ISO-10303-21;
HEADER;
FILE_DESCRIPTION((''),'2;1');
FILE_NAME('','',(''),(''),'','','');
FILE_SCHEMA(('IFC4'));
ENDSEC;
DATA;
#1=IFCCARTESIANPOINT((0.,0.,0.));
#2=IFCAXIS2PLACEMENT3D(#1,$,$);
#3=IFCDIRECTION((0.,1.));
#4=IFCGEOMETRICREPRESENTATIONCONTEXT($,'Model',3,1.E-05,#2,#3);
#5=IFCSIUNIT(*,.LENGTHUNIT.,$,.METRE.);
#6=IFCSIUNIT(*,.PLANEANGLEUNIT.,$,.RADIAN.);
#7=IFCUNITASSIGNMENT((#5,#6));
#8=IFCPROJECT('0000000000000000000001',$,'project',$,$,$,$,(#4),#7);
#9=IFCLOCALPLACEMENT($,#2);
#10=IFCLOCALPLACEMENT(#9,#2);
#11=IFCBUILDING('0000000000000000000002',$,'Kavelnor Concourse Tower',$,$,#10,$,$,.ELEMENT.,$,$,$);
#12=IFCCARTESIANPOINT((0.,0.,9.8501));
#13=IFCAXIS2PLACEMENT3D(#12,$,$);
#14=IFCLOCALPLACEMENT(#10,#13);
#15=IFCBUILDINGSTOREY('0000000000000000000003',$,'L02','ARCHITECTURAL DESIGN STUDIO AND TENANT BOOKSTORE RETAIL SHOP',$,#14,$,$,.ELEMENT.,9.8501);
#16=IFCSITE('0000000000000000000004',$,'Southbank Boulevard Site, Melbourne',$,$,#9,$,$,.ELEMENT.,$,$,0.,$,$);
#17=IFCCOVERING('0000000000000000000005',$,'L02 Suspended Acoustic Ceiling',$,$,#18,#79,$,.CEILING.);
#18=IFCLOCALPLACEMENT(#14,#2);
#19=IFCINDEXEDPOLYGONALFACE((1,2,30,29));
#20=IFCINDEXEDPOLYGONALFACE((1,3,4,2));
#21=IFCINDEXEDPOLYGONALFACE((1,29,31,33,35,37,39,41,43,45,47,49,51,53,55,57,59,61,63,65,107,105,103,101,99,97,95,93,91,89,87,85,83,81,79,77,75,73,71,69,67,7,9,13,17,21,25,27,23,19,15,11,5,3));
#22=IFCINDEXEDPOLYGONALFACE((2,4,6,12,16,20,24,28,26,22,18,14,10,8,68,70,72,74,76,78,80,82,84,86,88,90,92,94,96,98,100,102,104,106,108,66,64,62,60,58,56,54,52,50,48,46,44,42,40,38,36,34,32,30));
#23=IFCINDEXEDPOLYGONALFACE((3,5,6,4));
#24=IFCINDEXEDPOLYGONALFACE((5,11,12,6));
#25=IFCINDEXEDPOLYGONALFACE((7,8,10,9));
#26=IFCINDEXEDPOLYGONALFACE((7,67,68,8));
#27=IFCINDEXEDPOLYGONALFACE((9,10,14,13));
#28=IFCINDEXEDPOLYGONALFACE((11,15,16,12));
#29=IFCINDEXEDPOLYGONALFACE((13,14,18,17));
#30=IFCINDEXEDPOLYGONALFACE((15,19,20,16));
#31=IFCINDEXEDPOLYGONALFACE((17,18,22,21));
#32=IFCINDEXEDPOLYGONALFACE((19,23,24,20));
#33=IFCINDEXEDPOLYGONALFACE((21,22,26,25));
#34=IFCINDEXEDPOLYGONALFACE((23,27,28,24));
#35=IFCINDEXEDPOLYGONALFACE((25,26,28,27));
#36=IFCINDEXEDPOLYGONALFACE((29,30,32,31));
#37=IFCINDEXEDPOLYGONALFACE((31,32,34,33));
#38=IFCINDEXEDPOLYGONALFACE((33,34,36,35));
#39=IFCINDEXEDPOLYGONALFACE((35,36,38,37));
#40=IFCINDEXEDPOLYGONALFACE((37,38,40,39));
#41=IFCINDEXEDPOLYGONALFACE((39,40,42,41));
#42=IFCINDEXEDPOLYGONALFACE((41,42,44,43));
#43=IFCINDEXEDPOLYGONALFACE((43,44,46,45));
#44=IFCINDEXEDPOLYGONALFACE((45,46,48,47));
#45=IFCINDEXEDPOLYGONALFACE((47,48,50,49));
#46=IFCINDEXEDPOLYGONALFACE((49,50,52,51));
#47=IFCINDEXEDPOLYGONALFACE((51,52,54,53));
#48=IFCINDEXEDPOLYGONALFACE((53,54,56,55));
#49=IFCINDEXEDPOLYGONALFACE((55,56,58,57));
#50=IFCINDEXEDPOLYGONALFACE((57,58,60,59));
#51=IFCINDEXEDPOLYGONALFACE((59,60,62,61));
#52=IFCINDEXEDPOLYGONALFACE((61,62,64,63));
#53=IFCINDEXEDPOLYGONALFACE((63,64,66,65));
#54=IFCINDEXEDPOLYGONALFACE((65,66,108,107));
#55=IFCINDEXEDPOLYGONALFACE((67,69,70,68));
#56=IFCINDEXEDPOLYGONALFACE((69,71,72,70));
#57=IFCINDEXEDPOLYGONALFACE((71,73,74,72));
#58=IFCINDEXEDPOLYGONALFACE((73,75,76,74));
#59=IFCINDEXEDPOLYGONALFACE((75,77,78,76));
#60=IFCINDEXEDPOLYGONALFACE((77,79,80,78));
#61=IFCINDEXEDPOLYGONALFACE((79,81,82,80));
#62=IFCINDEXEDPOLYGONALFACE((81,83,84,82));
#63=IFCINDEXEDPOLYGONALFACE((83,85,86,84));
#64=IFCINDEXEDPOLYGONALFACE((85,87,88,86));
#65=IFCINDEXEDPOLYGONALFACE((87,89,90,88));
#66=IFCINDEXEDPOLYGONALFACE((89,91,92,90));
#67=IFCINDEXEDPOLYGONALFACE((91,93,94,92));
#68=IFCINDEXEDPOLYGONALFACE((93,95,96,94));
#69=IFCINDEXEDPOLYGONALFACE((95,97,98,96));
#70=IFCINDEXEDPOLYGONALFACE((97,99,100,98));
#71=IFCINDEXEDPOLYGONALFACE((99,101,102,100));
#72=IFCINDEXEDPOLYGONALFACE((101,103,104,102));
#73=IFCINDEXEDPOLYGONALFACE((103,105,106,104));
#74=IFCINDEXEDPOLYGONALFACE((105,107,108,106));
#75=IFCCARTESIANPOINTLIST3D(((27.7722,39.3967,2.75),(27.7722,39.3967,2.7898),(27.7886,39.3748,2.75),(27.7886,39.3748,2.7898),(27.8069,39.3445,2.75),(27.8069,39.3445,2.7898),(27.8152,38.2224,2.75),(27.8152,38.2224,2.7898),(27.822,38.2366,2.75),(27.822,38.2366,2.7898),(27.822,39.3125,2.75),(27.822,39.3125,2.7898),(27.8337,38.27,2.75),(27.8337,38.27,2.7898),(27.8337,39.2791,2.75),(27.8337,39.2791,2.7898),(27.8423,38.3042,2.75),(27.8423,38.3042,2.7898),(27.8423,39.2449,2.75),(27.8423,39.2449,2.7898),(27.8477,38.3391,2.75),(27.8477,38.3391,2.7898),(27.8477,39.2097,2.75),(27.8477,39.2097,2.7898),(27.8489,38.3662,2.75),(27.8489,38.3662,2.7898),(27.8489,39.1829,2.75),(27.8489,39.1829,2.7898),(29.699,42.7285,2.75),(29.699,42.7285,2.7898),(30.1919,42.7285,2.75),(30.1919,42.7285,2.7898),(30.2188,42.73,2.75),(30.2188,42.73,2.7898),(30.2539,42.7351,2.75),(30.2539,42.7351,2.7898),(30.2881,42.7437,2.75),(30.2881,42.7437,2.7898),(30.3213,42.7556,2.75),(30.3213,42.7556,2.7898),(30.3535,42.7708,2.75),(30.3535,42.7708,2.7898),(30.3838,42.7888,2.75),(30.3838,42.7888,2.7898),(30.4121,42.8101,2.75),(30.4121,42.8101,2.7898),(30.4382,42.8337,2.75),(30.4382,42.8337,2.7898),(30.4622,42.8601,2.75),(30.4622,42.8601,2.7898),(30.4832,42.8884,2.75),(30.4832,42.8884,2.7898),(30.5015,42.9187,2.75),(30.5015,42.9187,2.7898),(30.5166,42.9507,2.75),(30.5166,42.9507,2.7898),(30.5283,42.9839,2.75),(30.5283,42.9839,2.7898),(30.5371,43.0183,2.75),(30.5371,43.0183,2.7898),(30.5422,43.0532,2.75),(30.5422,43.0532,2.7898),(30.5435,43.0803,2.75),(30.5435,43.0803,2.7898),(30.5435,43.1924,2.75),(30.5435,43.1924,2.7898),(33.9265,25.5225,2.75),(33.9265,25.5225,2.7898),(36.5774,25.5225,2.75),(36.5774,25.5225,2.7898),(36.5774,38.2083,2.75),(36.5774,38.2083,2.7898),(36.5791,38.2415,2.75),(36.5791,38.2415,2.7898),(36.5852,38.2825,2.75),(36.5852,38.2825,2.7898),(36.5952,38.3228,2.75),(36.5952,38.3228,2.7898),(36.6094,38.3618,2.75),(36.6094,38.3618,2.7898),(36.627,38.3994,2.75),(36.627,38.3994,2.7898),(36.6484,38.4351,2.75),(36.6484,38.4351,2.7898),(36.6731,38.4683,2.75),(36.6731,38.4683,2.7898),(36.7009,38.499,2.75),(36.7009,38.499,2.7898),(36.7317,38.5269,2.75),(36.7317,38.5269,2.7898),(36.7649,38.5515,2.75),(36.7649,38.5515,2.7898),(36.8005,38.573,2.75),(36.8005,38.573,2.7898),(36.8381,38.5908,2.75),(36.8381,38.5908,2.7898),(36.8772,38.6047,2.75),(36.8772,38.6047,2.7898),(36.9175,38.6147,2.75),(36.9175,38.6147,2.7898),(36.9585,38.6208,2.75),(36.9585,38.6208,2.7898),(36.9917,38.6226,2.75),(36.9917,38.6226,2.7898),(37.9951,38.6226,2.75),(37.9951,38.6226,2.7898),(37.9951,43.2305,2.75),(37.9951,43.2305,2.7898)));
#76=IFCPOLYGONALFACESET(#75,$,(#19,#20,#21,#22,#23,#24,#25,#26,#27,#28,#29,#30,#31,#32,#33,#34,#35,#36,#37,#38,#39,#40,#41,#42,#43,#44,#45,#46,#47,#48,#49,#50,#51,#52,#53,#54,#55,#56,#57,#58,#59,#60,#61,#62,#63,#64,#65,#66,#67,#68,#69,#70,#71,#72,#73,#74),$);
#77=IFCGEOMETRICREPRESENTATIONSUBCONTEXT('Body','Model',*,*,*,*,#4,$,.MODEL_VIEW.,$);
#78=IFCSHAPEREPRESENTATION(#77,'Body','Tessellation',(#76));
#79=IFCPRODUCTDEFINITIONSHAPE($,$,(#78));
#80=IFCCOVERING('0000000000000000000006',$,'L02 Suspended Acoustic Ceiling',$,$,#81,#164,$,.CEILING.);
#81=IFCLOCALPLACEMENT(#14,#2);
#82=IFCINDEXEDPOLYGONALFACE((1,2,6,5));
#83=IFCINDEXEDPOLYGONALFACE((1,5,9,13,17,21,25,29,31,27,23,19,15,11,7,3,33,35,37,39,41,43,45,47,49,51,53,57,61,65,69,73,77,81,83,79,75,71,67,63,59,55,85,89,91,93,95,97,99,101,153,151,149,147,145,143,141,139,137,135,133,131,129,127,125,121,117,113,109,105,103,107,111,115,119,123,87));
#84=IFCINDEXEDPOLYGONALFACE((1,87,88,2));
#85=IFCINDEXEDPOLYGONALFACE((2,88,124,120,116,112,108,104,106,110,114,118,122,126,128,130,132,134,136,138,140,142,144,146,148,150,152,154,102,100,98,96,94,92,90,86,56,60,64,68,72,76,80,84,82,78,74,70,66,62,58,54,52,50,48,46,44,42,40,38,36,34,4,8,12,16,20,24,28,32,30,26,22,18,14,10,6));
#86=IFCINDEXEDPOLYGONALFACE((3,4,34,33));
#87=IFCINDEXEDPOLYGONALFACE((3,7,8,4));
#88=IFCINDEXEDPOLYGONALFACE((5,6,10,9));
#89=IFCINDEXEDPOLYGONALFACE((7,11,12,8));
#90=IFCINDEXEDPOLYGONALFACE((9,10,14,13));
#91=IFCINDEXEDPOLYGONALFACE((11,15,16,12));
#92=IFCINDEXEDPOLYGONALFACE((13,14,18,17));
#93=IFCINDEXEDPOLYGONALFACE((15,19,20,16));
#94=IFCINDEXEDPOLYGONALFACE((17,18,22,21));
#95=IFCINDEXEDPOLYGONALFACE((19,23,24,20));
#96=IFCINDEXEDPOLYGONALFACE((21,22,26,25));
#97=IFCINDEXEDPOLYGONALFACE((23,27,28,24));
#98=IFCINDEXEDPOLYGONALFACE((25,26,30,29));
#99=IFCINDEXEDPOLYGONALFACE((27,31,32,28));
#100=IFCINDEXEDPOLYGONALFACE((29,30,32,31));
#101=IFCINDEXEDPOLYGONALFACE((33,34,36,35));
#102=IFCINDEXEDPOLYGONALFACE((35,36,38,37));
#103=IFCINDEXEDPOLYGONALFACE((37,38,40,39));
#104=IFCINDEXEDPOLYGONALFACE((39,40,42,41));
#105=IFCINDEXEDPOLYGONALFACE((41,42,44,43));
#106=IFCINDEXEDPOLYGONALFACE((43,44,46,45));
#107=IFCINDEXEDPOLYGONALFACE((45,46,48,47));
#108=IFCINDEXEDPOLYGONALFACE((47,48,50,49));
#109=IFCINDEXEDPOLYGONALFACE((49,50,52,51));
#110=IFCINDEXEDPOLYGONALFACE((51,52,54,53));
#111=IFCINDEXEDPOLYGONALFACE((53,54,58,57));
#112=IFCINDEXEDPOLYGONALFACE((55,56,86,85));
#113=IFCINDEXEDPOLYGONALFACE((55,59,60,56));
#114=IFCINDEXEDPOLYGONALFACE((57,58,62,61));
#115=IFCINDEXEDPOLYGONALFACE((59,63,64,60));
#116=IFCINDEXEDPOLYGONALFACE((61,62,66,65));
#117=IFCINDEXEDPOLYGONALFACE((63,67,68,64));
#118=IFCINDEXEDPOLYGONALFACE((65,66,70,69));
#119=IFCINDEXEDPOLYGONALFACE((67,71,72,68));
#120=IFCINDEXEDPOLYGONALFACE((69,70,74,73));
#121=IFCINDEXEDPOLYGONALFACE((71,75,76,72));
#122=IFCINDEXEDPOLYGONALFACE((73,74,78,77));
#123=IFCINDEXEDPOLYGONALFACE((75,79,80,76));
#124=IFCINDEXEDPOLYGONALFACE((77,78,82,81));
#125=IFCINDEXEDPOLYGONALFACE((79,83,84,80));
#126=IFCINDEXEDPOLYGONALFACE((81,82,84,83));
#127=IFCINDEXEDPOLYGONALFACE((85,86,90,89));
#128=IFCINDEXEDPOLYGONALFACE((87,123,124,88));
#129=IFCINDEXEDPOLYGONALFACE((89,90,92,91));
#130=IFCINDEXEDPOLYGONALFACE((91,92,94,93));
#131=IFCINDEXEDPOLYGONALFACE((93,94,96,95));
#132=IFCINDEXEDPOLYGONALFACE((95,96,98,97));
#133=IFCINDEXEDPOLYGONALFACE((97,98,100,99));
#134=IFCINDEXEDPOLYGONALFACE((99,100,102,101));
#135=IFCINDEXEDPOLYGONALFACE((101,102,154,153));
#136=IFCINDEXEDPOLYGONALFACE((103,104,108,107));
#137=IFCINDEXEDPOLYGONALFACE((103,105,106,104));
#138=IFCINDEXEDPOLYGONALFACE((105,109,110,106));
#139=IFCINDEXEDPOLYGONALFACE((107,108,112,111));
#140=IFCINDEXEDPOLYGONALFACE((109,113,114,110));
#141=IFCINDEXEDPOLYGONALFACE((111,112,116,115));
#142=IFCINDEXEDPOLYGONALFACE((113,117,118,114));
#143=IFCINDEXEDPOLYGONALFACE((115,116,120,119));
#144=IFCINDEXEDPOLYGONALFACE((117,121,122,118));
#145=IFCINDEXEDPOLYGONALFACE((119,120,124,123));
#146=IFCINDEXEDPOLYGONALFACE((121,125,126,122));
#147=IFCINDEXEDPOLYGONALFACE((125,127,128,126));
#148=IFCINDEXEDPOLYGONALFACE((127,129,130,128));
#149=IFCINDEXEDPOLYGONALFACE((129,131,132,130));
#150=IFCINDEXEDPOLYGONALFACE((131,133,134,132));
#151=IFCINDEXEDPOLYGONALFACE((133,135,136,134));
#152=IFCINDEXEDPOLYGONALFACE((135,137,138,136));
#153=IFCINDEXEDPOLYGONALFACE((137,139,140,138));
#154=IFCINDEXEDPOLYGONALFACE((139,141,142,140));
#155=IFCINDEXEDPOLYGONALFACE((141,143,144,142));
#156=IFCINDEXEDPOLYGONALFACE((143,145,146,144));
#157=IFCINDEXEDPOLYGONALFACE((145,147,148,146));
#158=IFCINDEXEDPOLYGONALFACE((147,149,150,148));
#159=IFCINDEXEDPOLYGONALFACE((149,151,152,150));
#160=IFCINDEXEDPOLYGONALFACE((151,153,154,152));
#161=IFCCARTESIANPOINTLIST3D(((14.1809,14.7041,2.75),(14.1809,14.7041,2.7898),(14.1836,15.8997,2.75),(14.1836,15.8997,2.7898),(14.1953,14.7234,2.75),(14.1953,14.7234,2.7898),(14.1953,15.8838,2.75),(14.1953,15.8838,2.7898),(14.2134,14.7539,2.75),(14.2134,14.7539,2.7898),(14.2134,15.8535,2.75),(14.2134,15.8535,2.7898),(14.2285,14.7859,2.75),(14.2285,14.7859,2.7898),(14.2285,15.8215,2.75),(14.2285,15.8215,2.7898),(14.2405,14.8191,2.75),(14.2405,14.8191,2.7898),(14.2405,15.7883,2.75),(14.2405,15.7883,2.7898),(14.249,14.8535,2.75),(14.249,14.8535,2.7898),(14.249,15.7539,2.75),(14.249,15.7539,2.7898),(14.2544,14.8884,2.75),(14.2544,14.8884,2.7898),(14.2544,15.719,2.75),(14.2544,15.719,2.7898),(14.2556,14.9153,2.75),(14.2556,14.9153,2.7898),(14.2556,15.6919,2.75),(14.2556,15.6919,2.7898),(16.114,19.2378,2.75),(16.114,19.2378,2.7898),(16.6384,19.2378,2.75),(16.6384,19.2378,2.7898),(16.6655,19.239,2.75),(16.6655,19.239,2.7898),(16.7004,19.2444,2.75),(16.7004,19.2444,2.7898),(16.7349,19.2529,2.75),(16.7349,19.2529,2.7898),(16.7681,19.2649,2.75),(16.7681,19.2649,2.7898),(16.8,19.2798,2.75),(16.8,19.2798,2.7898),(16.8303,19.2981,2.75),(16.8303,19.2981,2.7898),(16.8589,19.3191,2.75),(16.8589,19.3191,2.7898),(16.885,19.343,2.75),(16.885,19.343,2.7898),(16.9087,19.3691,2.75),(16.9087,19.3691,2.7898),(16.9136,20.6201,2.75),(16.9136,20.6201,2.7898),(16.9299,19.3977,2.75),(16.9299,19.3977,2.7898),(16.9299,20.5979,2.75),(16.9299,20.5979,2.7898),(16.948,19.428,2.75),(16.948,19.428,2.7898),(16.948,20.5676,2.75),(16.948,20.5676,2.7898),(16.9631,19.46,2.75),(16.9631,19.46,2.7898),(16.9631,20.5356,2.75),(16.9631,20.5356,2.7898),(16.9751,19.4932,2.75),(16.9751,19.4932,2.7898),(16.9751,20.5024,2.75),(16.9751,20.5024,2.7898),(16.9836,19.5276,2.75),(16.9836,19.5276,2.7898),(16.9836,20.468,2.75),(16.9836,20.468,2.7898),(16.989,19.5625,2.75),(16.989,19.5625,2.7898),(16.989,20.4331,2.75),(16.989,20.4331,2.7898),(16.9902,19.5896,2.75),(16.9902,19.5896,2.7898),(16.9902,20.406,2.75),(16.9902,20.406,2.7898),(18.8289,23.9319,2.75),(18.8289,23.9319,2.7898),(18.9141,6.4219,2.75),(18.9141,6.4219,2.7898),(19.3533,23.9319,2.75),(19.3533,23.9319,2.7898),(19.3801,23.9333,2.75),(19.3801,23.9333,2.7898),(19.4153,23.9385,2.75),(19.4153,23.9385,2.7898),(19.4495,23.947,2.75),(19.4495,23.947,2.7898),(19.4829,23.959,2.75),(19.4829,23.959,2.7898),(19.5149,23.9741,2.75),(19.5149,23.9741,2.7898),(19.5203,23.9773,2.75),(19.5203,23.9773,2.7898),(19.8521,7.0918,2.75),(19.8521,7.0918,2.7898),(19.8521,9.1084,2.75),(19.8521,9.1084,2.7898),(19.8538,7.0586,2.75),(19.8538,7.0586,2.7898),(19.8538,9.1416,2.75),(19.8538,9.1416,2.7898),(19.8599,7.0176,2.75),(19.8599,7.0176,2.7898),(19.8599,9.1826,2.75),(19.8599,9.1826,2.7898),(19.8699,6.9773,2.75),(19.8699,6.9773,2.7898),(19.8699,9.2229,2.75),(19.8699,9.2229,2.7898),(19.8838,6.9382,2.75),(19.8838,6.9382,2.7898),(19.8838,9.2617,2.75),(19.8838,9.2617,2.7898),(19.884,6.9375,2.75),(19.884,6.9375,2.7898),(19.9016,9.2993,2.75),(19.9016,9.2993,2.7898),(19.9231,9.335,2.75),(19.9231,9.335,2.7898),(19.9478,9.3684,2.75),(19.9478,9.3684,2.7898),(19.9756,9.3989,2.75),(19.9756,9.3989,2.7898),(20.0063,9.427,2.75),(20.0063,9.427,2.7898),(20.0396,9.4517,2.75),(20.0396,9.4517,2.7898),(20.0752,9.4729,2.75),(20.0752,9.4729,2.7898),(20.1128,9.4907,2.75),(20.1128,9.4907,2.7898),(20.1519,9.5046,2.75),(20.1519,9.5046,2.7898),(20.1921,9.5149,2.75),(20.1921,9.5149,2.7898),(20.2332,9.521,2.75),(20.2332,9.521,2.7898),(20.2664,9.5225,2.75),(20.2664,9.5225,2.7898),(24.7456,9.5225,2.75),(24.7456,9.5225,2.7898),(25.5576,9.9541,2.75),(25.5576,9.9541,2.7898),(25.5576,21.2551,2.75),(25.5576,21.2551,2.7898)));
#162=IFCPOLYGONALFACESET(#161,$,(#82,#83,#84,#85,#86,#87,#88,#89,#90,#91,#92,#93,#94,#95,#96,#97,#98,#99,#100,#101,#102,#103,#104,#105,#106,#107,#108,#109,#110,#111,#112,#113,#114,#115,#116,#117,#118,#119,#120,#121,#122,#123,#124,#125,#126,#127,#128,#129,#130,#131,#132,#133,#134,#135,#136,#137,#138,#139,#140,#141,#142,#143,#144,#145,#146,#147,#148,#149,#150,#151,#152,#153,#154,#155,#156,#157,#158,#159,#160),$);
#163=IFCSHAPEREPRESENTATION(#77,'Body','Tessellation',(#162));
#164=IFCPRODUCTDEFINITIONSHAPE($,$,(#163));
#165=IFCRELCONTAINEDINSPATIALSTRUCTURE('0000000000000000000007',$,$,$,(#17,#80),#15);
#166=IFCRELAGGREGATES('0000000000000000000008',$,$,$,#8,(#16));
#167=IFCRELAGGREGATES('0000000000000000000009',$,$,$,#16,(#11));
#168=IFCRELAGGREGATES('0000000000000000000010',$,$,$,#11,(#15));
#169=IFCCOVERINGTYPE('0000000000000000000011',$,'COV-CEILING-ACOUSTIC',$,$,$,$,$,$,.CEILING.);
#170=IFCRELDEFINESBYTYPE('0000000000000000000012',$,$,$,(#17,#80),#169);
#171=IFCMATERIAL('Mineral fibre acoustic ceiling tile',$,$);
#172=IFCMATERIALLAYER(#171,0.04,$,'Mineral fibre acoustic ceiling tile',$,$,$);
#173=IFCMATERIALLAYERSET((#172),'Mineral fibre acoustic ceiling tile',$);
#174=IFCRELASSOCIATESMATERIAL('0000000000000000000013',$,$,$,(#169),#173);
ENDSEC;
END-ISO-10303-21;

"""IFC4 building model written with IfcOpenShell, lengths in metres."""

from ifc_helpers import new_model, si_unit, direction, frame, origin, place, context, subcontext, project, spatial, polyline, outline, extrude, material, layer, layer_set, type_object, element, save


model = new_model("IFC4")

# Units and contexts
model_context = context("Model", 3, precision=1e-05, world=origin(), true_north=direction((0.0, 1.0)))
body_context = subcontext(model_context, "Body", "Model", "MODEL_VIEW")
ifc_project = project(units=[si_unit("LENGTHUNIT", "METRE"), si_unit("PLANEANGLEUNIT", "RADIAN")], contexts=[model_context])

# Site, building, storey
site_placement = place(None, origin())
site = spatial("IfcSite", under=ifc_project, at=site_placement, Name="Southbank Boulevard Site, Melbourne", CompositionType="ELEMENT", RefElevation=0.0)
building_placement = place(site_placement, origin())
building = spatial("IfcBuilding", under=site, at=building_placement, Name="Kavelnor Concourse Tower", CompositionType="ELEMENT")
storey_placement = place(building_placement, frame((0.0, 0.0, 9.8501)))
storey = spatial("IfcBuildingStorey", under=building, at=storey_placement, Name="L02", Description="ARCHITECTURAL DESIGN STUDIO AND TENANT BOOKSTORE RETAIL SHOP", CompositionType="ELEMENT", Elevation=9.8501)

# Coverings
ifc_material_1 = material(Name="Mineral fibre acoustic ceiling tile")
ifc_layer_1 = layer(ifc_material_1, 0.04, Name="Mineral fibre acoustic ceiling tile")
ifc_layer_set_1 = layer_set([ifc_layer_1], Name="Mineral fibre acoustic ceiling tile")
covering_type_1 = type_object("IfcCoveringType", Name="COV-CEILING-ACOUSTIC", PredefinedType="CEILING", material=ifc_layer_set_1)
covering_1_placement = place(storey_placement, frame((0.0, 0.0, 2.75)))
element("IfcCovering", 1, at=covering_1_placement, inside=storey, type_object=covering_type_1, Name="L02 Suspended Acoustic Ceiling", PredefinedType="CEILING", context=body_context, shape_type="SweptSolid", body=[
    extrude(outline(polyline([(30.2188, 42.73), (30.2539, 42.7351), (30.2881, 42.7437), (30.3213, 42.7556), (30.3535, 42.7708), (30.3838, 42.7888), (30.4121, 42.8101), (30.4382, 42.8337), (30.4622, 42.8601), (30.4832, 42.8884), (30.5015, 42.9187), (30.5166, 42.9507), (30.5283, 42.9839), (30.5371, 43.0183), (30.5422, 43.0532), (30.5435, 43.0803), (30.5435, 43.1924), (37.9951, 43.2305), (37.9951, 38.6226), (36.9917, 38.6226), (36.9585, 38.6208), (36.9175, 38.6147), (36.8772, 38.6047), (36.8381, 38.5908), (36.8005, 38.573), (36.7649, 38.5515), (36.7317, 38.5269), (36.7009, 38.499), (36.6731, 38.4683), (36.6484, 38.4351), (36.627, 38.3994), (36.6094, 38.3618), (36.5952, 38.3228), (36.5852, 38.2825), (36.5791, 38.2415), (36.5774, 38.2083), (36.5774, 25.5225), (33.9265, 25.5225), (27.8152, 38.2224), (27.822, 38.2366), (27.8337, 38.27), (27.8423, 38.3042), (27.8477, 38.3391), (27.8489, 38.3662), (27.8489, 39.1829), (27.8477, 39.2097), (27.8423, 39.2449), (27.8337, 39.2791), (27.822, 39.3125), (27.8069, 39.3445), (27.7886, 39.3748), (27.7722, 39.3967), (29.699, 42.7285), (30.1919, 42.7285), (30.2188, 42.73)])), origin(), (0.0, 0.0, 1.0), 0.0398),
])
covering_2_placement = place(storey_placement, frame((0.0, 0.0, 2.75)))
element("IfcCovering", 2, at=covering_2_placement, inside=storey, type_object=covering_type_1, Name="L02 Suspended Acoustic Ceiling", PredefinedType="CEILING", context=body_context, shape_type="SweptSolid", body=[
    extrude(outline(polyline([(14.1953, 14.7234), (14.2134, 14.7539), (14.2285, 14.7859), (14.2405, 14.8191), (14.249, 14.8535), (14.2544, 14.8884), (14.2556, 14.9153), (14.2556, 15.6919), (14.2544, 15.719), (14.249, 15.7539), (14.2405, 15.7883), (14.2285, 15.8215), (14.2134, 15.8535), (14.1953, 15.8838), (14.1836, 15.8997), (16.114, 19.2378), (16.6384, 19.2378), (16.6655, 19.239), (16.7004, 19.2444), (16.7349, 19.2529), (16.7681, 19.2649), (16.8, 19.2798), (16.8303, 19.2981), (16.8589, 19.3191), (16.885, 19.343), (16.9087, 19.3691), (16.9299, 19.3977), (16.948, 19.428), (16.9631, 19.46), (16.9751, 19.4932), (16.9836, 19.5276), (16.989, 19.5625), (16.9902, 19.5896), (16.9902, 20.406), (16.989, 20.4331), (16.9836, 20.468), (16.9751, 20.5024), (16.9631, 20.5356), (16.948, 20.5676), (16.9299, 20.5979), (16.9136, 20.6201), (18.8289, 23.9319), (19.3533, 23.9319), (19.3801, 23.9333), (19.4153, 23.9385), (19.4495, 23.947), (19.4829, 23.959), (19.5149, 23.9741), (19.5203, 23.9773), (25.5576, 21.2551), (25.5576, 9.9541), (24.7456, 9.5225), (20.2664, 9.5225), (20.2332, 9.521), (20.1921, 9.5149), (20.1519, 9.5046), (20.1128, 9.4907), (20.0752, 9.4729), (20.0396, 9.4517), (20.0063, 9.427), (19.9756, 9.3989), (19.9478, 9.3684), (19.9231, 9.335), (19.9016, 9.2993), (19.8838, 9.2617), (19.8699, 9.2229), (19.8599, 9.1826), (19.8538, 9.1416), (19.8521, 9.1084), (19.8521, 7.0918), (19.8538, 7.0586), (19.8599, 7.0176), (19.8699, 6.9773), (19.8838, 6.9382), (19.884, 6.9375), (18.9141, 6.4219), (14.1809, 14.7041), (14.1953, 14.7234)])), origin(), (0.0, 0.0, 1.0), 0.0398),
])

save(model, "model.ifc")
